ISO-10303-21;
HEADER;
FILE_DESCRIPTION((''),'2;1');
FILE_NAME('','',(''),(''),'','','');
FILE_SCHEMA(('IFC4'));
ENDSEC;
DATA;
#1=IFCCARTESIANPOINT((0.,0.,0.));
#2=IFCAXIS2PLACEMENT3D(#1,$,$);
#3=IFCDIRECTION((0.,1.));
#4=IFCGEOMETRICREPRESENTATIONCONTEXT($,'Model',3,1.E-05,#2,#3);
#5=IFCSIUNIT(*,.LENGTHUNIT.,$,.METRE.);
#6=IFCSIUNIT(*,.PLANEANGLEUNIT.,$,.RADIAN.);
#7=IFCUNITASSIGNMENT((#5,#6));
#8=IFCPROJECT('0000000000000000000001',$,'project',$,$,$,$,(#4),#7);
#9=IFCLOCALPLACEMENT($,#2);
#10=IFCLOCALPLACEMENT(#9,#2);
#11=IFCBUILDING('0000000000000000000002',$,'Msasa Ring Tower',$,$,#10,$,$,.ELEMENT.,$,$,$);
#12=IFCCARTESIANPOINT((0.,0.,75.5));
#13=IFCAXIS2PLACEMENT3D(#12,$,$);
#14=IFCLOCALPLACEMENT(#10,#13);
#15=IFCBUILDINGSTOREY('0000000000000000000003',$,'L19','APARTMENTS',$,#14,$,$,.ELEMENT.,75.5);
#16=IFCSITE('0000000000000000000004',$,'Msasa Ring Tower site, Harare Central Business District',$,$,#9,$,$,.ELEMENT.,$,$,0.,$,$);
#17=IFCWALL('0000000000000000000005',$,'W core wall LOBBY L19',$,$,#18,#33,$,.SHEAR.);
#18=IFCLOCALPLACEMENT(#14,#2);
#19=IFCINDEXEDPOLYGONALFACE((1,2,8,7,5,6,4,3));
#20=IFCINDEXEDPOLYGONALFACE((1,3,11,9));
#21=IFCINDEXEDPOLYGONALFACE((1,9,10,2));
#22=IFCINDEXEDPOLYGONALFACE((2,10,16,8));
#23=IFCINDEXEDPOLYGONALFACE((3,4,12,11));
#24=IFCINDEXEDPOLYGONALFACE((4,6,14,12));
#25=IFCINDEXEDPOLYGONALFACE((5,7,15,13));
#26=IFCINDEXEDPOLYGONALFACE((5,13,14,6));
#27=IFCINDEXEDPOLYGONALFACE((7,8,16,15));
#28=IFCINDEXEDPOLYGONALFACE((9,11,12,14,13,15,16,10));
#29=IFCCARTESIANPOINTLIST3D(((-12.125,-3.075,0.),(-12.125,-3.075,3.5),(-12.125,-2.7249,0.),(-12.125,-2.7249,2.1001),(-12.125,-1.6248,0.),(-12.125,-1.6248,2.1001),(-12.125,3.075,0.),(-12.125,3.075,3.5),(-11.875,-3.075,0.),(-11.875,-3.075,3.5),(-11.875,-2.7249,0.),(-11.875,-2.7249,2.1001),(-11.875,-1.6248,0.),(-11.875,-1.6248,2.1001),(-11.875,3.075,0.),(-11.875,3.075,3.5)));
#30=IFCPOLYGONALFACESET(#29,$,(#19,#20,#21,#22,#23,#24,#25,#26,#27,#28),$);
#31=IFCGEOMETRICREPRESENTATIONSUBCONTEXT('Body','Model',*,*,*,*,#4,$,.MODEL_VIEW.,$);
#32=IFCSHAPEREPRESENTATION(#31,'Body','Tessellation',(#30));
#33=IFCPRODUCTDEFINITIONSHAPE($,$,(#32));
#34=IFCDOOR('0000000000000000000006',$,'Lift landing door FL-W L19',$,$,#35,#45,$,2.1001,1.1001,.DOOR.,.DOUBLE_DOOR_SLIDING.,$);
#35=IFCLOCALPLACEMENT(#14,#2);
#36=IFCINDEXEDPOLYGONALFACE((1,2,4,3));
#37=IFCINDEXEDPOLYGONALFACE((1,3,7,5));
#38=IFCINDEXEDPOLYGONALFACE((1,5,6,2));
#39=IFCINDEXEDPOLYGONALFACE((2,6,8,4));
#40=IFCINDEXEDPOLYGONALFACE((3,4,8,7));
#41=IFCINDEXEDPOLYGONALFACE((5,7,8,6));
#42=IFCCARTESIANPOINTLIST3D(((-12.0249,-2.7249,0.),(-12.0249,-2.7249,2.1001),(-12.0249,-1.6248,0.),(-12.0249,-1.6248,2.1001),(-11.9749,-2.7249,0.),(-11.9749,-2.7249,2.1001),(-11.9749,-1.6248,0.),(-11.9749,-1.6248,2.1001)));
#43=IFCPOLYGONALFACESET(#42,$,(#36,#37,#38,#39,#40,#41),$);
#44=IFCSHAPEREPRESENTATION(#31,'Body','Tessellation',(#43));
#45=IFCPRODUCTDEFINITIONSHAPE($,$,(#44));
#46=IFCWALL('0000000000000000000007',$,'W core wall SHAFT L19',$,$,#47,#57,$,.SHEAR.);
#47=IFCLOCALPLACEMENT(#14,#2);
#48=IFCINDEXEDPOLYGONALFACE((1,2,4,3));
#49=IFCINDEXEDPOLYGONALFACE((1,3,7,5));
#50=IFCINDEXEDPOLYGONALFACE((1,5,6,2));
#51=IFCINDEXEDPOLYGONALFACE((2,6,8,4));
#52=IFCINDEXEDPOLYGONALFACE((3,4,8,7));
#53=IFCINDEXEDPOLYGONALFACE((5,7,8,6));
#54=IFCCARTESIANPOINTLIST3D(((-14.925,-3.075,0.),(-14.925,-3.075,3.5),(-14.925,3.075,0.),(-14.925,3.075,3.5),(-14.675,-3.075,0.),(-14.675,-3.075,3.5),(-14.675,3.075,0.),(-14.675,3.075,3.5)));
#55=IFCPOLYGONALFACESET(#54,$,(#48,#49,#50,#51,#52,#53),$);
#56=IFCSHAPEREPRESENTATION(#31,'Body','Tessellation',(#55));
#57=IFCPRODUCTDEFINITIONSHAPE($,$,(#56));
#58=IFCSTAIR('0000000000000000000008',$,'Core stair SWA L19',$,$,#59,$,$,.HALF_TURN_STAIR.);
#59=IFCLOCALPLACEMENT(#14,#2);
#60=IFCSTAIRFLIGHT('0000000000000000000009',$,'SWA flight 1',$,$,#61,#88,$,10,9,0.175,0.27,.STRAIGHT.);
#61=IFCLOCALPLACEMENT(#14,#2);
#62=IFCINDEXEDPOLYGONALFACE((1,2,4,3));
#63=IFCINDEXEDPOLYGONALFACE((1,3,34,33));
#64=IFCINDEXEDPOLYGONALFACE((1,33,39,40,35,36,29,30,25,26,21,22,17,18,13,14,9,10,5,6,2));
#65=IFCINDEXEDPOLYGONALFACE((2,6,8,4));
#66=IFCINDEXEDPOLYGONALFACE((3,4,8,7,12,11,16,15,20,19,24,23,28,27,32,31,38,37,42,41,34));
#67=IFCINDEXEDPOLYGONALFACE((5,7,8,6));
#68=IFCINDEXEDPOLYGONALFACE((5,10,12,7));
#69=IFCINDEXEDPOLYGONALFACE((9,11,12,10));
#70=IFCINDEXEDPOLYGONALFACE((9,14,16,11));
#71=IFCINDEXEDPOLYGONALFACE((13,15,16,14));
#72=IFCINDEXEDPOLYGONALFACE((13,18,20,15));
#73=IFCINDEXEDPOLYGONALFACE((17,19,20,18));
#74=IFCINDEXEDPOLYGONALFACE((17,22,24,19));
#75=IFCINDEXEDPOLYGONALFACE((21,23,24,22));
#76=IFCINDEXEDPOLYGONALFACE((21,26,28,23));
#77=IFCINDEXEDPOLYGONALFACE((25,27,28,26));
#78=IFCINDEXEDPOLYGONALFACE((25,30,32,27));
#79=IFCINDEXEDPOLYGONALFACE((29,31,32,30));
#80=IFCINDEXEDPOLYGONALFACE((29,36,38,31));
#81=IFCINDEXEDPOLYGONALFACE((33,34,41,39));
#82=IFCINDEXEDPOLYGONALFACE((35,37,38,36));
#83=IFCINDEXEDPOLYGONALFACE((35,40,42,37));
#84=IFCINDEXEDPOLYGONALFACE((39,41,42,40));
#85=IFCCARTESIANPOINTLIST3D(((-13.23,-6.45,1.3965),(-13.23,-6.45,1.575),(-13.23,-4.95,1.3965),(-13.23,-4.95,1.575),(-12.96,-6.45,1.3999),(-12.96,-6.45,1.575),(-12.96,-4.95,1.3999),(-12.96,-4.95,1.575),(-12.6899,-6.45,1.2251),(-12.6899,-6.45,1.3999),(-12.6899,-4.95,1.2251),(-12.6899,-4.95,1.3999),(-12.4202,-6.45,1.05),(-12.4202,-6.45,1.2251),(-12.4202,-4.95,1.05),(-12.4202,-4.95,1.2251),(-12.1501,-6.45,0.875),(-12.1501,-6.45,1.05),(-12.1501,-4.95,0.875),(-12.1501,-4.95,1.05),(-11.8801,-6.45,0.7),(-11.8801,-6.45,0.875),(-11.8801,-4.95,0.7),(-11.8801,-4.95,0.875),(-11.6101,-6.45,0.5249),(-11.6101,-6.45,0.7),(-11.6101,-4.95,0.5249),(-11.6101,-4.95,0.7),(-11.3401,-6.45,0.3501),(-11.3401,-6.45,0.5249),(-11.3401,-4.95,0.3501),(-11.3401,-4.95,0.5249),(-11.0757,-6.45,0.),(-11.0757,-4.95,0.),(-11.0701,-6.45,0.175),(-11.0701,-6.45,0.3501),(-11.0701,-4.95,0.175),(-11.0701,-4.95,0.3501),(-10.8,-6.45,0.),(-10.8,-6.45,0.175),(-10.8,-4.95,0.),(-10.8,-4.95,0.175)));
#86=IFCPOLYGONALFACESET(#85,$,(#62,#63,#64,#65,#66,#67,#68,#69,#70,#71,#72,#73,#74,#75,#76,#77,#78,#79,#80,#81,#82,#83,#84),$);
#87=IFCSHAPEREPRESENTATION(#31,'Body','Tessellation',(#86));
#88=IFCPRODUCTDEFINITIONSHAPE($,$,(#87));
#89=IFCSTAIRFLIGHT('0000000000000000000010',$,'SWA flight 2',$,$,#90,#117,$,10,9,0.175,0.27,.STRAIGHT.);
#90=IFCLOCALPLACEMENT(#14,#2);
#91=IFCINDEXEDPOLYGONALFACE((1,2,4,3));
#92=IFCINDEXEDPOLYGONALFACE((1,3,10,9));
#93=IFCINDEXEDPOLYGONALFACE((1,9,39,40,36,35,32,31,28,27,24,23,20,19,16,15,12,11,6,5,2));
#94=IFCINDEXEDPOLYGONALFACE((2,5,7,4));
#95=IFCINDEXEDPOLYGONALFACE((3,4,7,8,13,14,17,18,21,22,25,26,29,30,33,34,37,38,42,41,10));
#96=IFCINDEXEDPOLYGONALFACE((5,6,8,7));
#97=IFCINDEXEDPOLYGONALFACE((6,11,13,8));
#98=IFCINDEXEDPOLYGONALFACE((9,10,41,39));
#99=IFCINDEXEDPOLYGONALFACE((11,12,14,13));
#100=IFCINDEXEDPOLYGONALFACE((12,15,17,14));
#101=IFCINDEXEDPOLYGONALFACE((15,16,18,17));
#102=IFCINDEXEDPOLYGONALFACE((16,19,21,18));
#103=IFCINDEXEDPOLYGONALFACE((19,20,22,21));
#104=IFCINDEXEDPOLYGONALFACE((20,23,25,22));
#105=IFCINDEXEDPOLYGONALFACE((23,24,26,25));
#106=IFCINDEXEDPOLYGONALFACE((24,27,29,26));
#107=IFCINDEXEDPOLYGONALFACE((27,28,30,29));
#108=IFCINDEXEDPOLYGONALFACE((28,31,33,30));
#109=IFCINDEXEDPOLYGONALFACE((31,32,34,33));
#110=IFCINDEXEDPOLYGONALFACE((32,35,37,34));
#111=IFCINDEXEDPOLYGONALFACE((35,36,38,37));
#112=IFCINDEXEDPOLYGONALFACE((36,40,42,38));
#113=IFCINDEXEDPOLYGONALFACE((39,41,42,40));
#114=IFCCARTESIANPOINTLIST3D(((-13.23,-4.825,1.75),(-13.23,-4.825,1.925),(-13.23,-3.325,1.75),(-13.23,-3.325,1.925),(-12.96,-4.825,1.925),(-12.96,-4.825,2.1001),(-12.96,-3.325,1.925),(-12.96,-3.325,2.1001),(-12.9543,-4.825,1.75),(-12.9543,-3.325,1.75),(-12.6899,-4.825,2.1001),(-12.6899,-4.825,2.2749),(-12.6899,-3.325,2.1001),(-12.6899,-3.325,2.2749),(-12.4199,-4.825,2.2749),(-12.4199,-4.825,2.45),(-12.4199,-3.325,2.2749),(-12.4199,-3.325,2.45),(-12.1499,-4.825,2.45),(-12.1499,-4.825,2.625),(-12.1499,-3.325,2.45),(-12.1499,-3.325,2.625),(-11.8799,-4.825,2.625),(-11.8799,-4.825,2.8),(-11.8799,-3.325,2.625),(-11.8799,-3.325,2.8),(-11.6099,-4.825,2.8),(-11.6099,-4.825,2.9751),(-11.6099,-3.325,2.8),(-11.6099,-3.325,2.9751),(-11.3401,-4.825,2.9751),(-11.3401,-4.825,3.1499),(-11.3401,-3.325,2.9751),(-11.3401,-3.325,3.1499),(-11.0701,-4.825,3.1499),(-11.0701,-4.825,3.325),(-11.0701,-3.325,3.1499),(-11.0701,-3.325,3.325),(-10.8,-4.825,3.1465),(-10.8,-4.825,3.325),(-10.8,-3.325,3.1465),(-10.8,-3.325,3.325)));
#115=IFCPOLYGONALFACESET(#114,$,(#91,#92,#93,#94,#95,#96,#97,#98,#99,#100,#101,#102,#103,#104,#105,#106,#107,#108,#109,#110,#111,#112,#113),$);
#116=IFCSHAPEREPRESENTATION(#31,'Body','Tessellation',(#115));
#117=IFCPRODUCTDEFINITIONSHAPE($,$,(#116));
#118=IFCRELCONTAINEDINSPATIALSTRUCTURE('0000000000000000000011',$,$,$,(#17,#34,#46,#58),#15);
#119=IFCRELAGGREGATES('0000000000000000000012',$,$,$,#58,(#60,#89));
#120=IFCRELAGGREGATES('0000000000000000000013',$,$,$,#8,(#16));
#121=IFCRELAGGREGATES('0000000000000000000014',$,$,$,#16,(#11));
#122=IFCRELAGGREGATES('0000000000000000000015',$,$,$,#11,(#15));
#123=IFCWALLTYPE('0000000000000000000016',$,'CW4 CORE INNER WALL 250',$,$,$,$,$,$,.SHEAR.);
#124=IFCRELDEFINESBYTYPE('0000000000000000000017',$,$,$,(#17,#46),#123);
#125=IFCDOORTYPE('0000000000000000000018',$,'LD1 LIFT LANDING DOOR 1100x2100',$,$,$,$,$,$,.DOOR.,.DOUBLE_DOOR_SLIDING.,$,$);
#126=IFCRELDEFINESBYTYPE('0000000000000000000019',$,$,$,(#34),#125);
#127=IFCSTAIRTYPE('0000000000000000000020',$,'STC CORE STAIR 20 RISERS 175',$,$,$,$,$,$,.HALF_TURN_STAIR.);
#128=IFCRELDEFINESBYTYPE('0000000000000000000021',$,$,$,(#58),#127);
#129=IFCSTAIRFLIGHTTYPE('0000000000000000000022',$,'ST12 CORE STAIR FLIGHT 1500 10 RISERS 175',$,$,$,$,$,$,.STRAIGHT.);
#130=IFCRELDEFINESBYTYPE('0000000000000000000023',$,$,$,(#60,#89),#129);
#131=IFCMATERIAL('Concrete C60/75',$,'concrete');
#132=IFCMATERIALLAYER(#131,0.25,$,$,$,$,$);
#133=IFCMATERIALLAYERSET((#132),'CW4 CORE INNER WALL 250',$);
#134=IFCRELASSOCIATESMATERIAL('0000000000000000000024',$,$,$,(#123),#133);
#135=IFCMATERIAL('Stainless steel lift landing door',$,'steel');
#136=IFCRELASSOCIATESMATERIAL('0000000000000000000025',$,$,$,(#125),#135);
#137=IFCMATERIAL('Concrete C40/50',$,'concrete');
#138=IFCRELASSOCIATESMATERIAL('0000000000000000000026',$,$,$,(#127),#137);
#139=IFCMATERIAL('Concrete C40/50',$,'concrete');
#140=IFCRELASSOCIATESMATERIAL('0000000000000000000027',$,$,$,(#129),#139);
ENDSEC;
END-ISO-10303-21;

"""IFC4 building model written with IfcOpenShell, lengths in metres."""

from ifc_helpers import new_model, si_unit, direction, frame, frame_2d, origin, place, context, subcontext, project, spatial, polyline, rectangle, outline, extrude, material, layer, layer_set, type_object, element, fill, aggregate, save


model = new_model("IFC4")

# Units and contexts
model_context = context("Model", 3, precision=1e-05, world=origin(), true_north=direction((0.0, 1.0)))
body_context = subcontext(model_context, "Body", "Model", "MODEL_VIEW")
ifc_project = project(units=[si_unit("LENGTHUNIT", "METRE"), si_unit("PLANEANGLEUNIT", "RADIAN")], contexts=[model_context])

# Site, building, storey
site_placement = place(None, origin())
site = spatial("IfcSite", under=ifc_project, at=site_placement, Name="Msasa Ring Tower site, Harare Central Business District", CompositionType="ELEMENT", RefElevation=0.0)
building_placement = place(site_placement, origin())
building = spatial("IfcBuilding", under=site, at=building_placement, Name="Msasa Ring Tower", CompositionType="ELEMENT")
storey_placement = place(building_placement, frame((0.0, 0.0, 75.5)))
storey = spatial("IfcBuildingStorey", under=building, at=storey_placement, Name="L19", Description="APARTMENTS", CompositionType="ELEMENT", Elevation=75.5)

# Shared definitions
ifc_material_1 = material(Name="Concrete C60/75", Category="concrete")
ifc_layer_1 = layer(ifc_material_1, 0.25)
ifc_layer_set_1 = layer_set([ifc_layer_1], Name="CW4 CORE INNER WALL 250")
wall_type_1 = type_object("IfcWallType", Name="CW4 CORE INNER WALL 250", PredefinedType="SHEAR", material=ifc_layer_set_1)

# Wall, opening, door
wall_1_placement = place(storey_placement, frame((-12.0, -3.075, 0.0), z_axis=(0.0, 0.0, 1.0), x_axis=(0.0, 1.0, 0.0)))
wall_1 = element("IfcWall", 1, at=wall_1_placement, inside=storey, type_object=wall_type_1, Name="W core wall LOBBY L19", PredefinedType="SHEAR", context=body_context, shape_type="SweptSolid", body=[
    extrude(rectangle(XDim=6.1499, YDim=0.25, at=frame_2d((3.075, 0.0))), origin(), (0.0, 0.0, 1.0), 3.5),
])
opening_1_placement = place(wall_1_placement, frame((0.3501, 0.0, 0.0)))
opening_1 = element("IfcOpeningElement", 2, at=opening_1_placement, cuts=wall_1, PredefinedType="OPENING", context=body_context, shape_type="SweptSolid", body=[
    extrude(rectangle(XDim=1.1001, YDim=2.1001, at=frame_2d((0.55, 1.05))), frame((0.0, 0.135, 0.0), z_axis=(0.0, -1.0, 0.0), x_axis=(1.0, 0.0, 0.0)), (0.0, 0.0, 1.0), 0.27),
])
ifc_material_2 = material(Name="Stainless steel lift landing door", Category="steel")
door_type_1 = type_object("IfcDoorType", Name="LD1 LIFT LANDING DOOR 1100x2100", OperationType="DOUBLE_DOOR_SLIDING", PredefinedType="DOOR", material=ifc_material_2)
door_1_placement = place(opening_1_placement, origin())
door_1 = element("IfcDoor", 3, at=door_1_placement, inside=storey, type_object=door_type_1, Name="Lift landing door FL-W L19", OperationType="DOUBLE_DOOR_SLIDING", OverallHeight=2.1001, OverallWidth=1.1001, PredefinedType="DOOR", context=body_context, shape_type="SweptSolid", body=[
    extrude(rectangle(XDim=1.1001, YDim=2.1001, at=frame_2d((0.55, 1.05))), frame((0.0, 0.0249, 0.0), z_axis=(0.0, -1.0, 0.0), x_axis=(1.0, 0.0, 0.0)), (0.0, 0.0, 1.0), 0.05),
])
fill(opening_1, door_1)

# Wall
wall_2_placement = place(storey_placement, frame((-14.8, -3.075, 0.0), z_axis=(0.0, 0.0, 1.0), x_axis=(0.0, 1.0, 0.0)))
element("IfcWall", 4, at=wall_2_placement, inside=storey, type_object=wall_type_1, Name="W core wall SHAFT L19", PredefinedType="SHEAR", context=body_context, shape_type="SweptSolid", body=[
    extrude(rectangle(XDim=6.1499, YDim=0.25, at=frame_2d((3.075, 0.0))), origin(), (0.0, 0.0, 1.0), 3.5),
])

# Stair, stair flights
ifc_material_3 = material(Name="Concrete C40/50", Category="concrete")
stair_type = type_object("IfcStairType", Name="STC CORE STAIR 20 RISERS 175", PredefinedType="HALF_TURN_STAIR", material=ifc_material_3)
stair_placement = place(storey_placement, origin())
stair = element("IfcStair", 5, at=stair_placement, inside=storey, type_object=stair_type, Name="Core stair SWA L19", PredefinedType="HALF_TURN_STAIR")
ifc_material_4 = material(Name="Concrete C40/50", Category="concrete")
stair_flight_type = type_object("IfcStairFlightType", Name="ST12 CORE STAIR FLIGHT 1500 10 RISERS 175", PredefinedType="STRAIGHT", material=ifc_material_4)
stair_flight_1_placement = place(storey_placement, frame((-10.8, -5.7, 0.0), z_axis=(0.0, 0.0, 1.0), x_axis=(-1.0, 0.0, 0.0)))
stair_flight_1 = element("IfcStairFlight", 6, at=stair_flight_1_placement, type_object=stair_flight_type, Name="SWA flight 1", NumberOfRisers=10, NumberOfTreads=9, PredefinedType="STRAIGHT", RiserHeight=0.175, TreadLength=0.27, context=body_context, shape_type="SweptSolid", body=[
    extrude(outline(polyline([(0.0, 0.0), (0.0, 0.175), (0.27, 0.175), (0.27, 0.3501), (0.54, 0.3501), (0.54, 0.5249), (0.8101, 0.5249), (0.8101, 0.7), (1.0801, 0.7), (1.0801, 0.875), (1.3501, 0.875), (1.3501, 1.05), (1.6201, 1.05), (1.6201, 1.2251), (1.8899, 1.2251), (1.8899, 1.3999), (2.1599, 1.3999), (2.1599, 1.575), (2.4299, 1.575), (2.4299, 1.75), (2.4299, 1.3965), (0.2756, 0.0), (0.0, 0.0)])), frame((0.0, 0.75, 0.0), z_axis=(0.0, -1.0, 0.0), x_axis=(1.0, 0.0, 0.0)), (0.0, 0.0, 1.0), 1.5),
])
stair_flight_2_placement = place(storey_placement, frame((-13.23, -4.075, 1.75), z_axis=(0.0, 0.0, 1.0), x_axis=(1.0, 0.0, 0.0)))
stair_flight_2 = element("IfcStairFlight", 7, at=stair_flight_2_placement, type_object=stair_flight_type, Name="SWA flight 2", NumberOfRisers=10, NumberOfTreads=9, PredefinedType="STRAIGHT", RiserHeight=0.175, TreadLength=0.27, context=body_context, shape_type="SweptSolid", body=[
    extrude(outline(polyline([(0.0, 0.0), (0.0, 0.175), (0.27, 0.175), (0.27, 0.3501), (0.54, 0.3501), (0.54, 0.5249), (0.8101, 0.5249), (0.8101, 0.7), (1.0801, 0.7), (1.0801, 0.875), (1.3501, 0.875), (1.3501, 1.05), (1.6201, 1.05), (1.6201, 1.2251), (1.8899, 1.2251), (1.8899, 1.3999), (2.1599, 1.3999), (2.1599, 1.575), (2.4299, 1.575), (2.4299, 1.75), (2.4299, 1.3965), (0.2756, 0.0), (0.0, 0.0)])), frame((0.0, 0.75, 0.0), z_axis=(0.0, -1.0, 0.0), x_axis=(1.0, 0.0, 0.0)), (0.0, 0.0, 1.0), 1.5),
])
aggregate(stair, [stair_flight_1, stair_flight_2])

save(model, "model.ifc")
